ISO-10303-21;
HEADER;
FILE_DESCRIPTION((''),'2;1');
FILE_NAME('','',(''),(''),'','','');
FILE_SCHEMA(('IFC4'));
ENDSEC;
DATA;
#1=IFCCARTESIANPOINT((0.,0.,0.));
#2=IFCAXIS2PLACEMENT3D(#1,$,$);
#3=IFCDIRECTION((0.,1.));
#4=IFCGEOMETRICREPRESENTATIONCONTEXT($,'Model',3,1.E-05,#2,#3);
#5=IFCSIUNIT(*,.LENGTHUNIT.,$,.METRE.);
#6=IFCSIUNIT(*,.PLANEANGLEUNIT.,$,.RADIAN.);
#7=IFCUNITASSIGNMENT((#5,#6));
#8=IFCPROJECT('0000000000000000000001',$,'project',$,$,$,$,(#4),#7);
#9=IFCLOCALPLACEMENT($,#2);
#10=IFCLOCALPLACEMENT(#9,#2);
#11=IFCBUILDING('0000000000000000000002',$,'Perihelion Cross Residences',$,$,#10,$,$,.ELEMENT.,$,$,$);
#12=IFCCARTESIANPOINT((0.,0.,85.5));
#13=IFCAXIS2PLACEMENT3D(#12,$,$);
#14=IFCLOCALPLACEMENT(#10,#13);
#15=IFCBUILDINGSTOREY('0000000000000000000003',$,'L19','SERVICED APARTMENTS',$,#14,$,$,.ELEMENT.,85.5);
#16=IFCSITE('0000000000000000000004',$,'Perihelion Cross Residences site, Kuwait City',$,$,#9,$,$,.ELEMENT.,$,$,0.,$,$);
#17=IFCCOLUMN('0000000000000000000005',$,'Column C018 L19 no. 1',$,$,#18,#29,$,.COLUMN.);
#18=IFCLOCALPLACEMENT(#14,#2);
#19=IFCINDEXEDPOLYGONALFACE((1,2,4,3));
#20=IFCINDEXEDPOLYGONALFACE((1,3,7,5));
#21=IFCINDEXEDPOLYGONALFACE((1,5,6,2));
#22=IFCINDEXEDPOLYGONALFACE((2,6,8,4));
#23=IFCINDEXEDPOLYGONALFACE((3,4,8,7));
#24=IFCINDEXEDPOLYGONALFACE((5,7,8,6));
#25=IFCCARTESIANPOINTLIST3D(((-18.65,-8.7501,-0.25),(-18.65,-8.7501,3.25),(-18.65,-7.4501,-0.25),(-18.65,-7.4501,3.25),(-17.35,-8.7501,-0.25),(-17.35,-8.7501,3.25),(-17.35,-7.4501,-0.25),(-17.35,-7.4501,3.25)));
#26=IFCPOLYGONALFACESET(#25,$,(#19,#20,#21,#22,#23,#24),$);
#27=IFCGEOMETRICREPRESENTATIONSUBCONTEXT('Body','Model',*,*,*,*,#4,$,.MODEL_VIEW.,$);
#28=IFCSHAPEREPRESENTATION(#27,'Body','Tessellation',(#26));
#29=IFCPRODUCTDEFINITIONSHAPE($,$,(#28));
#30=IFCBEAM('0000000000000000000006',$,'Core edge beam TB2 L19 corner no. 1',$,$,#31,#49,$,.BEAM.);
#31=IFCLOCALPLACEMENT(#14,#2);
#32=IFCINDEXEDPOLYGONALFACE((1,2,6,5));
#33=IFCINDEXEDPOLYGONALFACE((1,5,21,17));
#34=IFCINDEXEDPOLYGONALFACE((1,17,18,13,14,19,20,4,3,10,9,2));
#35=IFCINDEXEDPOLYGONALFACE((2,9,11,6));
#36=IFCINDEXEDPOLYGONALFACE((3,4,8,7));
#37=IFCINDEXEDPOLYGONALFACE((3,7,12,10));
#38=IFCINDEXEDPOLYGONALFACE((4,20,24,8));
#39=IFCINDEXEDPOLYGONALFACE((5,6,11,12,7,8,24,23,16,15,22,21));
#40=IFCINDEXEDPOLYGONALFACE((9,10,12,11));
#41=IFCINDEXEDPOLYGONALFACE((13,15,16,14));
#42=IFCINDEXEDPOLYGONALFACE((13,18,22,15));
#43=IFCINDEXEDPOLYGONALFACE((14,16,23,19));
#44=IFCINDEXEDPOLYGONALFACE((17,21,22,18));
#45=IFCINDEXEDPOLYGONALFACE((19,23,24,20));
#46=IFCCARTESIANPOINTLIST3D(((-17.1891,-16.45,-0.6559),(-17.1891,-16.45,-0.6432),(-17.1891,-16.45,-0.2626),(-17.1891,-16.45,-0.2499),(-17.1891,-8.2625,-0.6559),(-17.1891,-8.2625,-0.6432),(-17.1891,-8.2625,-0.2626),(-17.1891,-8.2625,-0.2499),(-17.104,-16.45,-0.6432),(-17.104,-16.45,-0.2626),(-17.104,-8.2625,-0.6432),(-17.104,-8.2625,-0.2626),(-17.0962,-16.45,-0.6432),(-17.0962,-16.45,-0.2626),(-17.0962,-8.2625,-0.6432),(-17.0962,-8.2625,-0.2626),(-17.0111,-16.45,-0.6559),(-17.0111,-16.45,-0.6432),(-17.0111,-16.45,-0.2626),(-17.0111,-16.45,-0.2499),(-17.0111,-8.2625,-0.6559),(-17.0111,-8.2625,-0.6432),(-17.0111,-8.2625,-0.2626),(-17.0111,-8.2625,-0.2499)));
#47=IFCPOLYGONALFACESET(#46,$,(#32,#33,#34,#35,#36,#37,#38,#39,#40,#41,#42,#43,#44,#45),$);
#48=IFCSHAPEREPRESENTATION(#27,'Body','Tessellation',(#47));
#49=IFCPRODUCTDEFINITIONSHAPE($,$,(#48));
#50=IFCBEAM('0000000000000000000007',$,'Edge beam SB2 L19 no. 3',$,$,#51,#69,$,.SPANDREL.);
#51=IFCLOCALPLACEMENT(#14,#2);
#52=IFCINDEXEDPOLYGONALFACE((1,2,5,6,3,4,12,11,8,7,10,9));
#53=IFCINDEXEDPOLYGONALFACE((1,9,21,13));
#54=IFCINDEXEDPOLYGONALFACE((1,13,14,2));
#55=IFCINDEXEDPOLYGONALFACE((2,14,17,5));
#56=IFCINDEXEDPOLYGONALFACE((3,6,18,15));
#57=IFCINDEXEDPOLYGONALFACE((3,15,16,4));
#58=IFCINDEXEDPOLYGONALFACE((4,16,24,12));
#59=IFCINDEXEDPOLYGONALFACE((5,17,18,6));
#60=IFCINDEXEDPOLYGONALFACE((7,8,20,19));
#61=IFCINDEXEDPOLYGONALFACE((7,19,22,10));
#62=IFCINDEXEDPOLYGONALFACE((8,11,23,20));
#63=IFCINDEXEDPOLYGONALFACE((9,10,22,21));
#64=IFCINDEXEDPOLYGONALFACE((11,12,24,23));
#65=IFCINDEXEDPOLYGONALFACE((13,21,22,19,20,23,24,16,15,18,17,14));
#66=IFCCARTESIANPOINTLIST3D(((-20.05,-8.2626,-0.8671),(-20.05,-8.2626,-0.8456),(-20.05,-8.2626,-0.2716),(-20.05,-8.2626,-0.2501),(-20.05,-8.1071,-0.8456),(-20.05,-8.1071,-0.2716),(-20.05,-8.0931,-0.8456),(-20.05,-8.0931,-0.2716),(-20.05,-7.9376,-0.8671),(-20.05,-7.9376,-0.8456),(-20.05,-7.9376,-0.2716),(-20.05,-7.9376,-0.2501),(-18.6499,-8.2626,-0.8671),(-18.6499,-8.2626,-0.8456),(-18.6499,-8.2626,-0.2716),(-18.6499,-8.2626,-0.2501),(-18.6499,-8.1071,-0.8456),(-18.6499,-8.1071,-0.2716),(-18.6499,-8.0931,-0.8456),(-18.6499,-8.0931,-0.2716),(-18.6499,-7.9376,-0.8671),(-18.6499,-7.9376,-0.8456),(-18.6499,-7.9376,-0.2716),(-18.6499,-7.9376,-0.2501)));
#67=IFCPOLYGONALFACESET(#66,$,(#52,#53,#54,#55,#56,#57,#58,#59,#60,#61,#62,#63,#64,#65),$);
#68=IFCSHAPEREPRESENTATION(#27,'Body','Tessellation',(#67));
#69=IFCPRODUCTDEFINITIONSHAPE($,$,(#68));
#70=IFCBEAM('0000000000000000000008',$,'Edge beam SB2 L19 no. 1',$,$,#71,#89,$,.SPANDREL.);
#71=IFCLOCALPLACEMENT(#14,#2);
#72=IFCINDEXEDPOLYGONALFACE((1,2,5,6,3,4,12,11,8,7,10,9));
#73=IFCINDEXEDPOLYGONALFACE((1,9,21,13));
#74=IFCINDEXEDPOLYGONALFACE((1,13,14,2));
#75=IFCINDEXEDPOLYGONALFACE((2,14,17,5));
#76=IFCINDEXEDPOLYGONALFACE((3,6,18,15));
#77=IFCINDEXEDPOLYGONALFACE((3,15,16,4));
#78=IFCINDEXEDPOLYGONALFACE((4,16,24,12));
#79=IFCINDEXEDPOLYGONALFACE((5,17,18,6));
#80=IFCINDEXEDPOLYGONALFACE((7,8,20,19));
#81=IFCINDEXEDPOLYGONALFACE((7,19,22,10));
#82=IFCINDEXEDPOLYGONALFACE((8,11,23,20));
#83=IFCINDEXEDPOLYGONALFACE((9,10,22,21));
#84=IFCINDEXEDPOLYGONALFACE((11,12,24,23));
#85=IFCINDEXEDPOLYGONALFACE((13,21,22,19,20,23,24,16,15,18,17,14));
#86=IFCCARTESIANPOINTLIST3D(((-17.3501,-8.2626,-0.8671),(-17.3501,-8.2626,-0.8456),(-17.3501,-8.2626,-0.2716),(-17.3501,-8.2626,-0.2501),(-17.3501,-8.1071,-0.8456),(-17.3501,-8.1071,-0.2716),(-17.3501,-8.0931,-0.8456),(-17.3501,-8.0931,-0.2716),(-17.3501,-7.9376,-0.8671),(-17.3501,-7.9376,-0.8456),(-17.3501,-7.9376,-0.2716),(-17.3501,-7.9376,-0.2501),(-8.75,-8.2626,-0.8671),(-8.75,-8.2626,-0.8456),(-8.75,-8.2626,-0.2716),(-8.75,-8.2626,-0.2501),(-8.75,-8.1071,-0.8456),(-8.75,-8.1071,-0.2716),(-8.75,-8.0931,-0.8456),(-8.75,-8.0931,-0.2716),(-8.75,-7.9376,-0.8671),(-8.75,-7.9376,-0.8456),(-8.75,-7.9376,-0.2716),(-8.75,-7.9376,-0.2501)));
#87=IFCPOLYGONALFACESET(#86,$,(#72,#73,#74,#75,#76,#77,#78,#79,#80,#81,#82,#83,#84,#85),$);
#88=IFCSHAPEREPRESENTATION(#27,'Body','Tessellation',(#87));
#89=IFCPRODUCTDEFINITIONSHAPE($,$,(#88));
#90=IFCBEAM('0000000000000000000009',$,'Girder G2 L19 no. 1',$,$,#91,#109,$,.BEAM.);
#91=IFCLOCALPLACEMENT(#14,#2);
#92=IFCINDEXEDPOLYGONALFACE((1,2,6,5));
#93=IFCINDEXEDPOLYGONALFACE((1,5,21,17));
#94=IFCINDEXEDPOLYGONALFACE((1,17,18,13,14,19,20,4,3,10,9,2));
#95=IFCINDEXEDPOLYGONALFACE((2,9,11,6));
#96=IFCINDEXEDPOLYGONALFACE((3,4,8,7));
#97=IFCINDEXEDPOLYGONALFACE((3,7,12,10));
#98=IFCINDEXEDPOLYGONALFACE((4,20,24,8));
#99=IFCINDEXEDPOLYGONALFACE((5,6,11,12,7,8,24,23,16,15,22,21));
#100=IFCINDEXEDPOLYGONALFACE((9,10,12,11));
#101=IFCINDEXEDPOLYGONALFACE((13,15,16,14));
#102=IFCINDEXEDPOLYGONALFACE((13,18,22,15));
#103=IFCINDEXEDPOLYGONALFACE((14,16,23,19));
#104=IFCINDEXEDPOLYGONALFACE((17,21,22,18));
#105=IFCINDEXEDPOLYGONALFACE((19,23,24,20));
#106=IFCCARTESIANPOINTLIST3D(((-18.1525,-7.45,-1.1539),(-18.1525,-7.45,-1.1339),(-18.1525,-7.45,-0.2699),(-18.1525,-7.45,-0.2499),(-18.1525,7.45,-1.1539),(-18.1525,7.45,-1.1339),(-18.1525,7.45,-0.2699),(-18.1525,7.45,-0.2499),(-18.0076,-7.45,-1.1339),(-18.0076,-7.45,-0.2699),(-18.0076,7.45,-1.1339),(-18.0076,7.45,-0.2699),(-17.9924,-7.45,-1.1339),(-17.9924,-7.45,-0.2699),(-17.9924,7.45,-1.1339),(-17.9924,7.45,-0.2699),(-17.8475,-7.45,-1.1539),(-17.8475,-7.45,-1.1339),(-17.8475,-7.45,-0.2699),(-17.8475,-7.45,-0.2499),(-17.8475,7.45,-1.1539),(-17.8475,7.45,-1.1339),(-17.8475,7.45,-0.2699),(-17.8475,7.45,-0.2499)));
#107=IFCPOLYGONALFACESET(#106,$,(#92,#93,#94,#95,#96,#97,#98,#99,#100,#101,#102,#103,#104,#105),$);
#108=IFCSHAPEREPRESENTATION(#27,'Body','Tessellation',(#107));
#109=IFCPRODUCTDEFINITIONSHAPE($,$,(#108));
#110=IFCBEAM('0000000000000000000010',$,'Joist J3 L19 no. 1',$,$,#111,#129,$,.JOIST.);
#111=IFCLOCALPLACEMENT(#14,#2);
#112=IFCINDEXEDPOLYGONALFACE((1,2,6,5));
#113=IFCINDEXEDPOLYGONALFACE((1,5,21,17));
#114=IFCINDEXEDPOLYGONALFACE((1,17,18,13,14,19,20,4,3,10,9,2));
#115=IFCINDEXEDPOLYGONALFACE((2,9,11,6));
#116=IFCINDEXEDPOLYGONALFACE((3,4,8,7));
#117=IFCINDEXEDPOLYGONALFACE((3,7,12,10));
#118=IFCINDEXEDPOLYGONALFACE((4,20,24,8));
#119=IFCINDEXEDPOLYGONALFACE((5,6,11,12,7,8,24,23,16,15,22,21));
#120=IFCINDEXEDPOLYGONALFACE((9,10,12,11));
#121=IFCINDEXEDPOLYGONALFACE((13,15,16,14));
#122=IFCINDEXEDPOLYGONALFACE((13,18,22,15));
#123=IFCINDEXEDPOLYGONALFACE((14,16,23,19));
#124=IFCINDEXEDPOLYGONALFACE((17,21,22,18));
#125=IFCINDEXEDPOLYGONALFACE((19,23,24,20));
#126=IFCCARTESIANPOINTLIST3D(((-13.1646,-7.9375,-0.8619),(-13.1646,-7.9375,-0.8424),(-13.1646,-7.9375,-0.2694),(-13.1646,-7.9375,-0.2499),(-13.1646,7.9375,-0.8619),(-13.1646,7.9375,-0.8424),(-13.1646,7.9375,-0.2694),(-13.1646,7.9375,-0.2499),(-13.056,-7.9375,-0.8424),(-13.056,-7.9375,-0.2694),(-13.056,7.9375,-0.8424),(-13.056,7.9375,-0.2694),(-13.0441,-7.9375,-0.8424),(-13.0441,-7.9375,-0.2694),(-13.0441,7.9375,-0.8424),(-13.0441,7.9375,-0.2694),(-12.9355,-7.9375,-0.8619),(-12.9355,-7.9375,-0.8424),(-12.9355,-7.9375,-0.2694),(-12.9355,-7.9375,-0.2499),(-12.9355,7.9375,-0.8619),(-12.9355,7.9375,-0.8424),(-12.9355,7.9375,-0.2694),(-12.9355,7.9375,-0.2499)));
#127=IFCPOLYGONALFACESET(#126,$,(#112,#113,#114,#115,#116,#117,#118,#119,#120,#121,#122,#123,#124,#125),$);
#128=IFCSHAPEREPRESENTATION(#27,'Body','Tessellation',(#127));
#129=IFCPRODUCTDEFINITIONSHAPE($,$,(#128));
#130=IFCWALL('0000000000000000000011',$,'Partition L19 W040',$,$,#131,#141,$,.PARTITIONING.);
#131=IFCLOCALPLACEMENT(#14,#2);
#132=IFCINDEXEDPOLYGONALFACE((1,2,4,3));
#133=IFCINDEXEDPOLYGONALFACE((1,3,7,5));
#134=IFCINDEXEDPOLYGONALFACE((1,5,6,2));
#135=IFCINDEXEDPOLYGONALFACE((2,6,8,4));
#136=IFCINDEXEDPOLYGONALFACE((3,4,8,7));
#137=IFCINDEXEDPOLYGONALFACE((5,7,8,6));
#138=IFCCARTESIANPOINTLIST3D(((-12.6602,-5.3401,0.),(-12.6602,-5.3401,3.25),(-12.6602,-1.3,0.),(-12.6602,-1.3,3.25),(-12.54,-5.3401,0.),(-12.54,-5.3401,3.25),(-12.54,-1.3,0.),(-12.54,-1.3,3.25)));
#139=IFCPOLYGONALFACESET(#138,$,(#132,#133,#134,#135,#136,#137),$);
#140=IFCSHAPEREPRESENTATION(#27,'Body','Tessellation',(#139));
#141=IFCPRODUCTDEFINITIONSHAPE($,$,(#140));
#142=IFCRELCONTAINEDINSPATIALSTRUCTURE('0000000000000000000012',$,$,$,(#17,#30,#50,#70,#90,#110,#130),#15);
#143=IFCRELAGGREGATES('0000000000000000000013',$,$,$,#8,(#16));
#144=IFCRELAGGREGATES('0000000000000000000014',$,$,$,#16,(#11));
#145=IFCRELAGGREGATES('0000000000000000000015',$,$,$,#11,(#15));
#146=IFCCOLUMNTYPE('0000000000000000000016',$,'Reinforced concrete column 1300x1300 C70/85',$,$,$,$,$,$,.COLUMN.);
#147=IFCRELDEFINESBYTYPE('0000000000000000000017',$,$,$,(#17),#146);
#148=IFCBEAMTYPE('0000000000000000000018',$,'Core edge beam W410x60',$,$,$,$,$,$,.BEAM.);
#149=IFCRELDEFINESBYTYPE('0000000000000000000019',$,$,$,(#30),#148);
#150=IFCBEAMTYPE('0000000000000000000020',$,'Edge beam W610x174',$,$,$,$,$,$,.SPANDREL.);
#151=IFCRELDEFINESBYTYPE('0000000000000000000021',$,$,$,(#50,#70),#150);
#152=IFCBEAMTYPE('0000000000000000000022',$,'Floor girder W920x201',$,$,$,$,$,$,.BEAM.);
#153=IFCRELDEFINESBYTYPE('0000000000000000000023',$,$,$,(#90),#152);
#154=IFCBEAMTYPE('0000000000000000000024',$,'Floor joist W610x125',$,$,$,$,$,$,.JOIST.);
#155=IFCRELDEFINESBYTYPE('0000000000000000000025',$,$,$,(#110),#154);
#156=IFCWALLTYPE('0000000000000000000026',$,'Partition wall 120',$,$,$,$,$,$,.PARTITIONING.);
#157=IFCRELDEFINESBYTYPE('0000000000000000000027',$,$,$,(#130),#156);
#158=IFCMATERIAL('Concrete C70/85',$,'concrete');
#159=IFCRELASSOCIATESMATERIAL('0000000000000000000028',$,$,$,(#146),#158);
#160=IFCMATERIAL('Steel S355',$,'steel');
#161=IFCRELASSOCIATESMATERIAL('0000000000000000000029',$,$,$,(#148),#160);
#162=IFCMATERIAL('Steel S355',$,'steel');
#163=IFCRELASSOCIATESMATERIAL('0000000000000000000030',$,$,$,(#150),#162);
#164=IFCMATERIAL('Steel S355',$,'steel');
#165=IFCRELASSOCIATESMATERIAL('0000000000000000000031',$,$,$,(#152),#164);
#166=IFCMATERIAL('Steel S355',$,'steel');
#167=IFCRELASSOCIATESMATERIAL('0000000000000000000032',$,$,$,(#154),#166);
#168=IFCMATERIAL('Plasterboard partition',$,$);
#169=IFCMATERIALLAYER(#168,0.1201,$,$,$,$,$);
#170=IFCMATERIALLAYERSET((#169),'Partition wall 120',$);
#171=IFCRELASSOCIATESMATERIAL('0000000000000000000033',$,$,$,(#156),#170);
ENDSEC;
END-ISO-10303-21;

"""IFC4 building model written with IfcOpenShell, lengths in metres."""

from ifc_helpers import new_model, si_unit, direction, frame, frame_2d, origin, origin_2d, place, context, subcontext, project, spatial, rectangle, i_section, extrude, material, layer, layer_set, material_profile, profile_set, type_object, element, save


model = new_model("IFC4")

# Units and contexts
model_context = context("Model", 3, precision=1e-05, world=origin(), true_north=direction((0.0, 1.0)))
body_context = subcontext(model_context, "Body", "Model", "MODEL_VIEW")
ifc_project = project(units=[si_unit("LENGTHUNIT", "METRE"), si_unit("PLANEANGLEUNIT", "RADIAN")], contexts=[model_context])

# Site, building, storey
site_placement = place(None, origin())
site = spatial("IfcSite", under=ifc_project, at=site_placement, Name="Perihelion Cross Residences site, Kuwait City", CompositionType="ELEMENT", RefElevation=0.0)
building_placement = place(site_placement, origin())
building = spatial("IfcBuilding", under=site, at=building_placement, Name="Perihelion Cross Residences", CompositionType="ELEMENT")
storey_placement = place(building_placement, frame((0.0, 0.0, 85.5)))
storey = spatial("IfcBuildingStorey", under=building, at=storey_placement, Name="L19", Description="SERVICED APARTMENTS", CompositionType="ELEMENT", Elevation=85.5)

# Column
ifc_material_1 = material(Name="Concrete C70/85", Category="concrete")
ifc_material_profile_1 = material_profile(ifc_material_1, rectangle(XDim=1.3, YDim=1.3, at=origin_2d()), Name="RC 1300x1300")
ifc_profile_set_1 = profile_set([ifc_material_profile_1], Name="Concrete C70/85")
column_type = type_object("IfcColumnType", Name="Reinforced concrete column 1300x1300 C70/85", PredefinedType="COLUMN", material=ifc_profile_set_1)
column_placement = place(storey_placement, frame((-18.0, -8.1001, -0.25), z_axis=(0.0, 0.0, 1.0), x_axis=(1.0, 0.0, 0.0)))
element("IfcColumn", 1, at=column_placement, inside=storey, type_object=column_type, Name="Column C018 L19 no. 1", PredefinedType="COLUMN", context=body_context, shape_type="SweptSolid", body=[
    extrude(rectangle(XDim=1.3, YDim=1.3, at=origin_2d()), origin(), (0.0, 0.0, 1.0), 3.5),
])

# Beams
ifc_material_2 = material(Name="Steel S355", Category="steel")
ifc_material_profile_2 = material_profile(ifc_material_2, i_section(OverallWidth=0.178, OverallDepth=0.406, WebThickness=0.0078, FlangeThickness=0.0127, at=origin_2d()), Name="W410x60")
ifc_profile_set_2 = profile_set([ifc_material_profile_2], Name="Steel S355")
beam_type_1 = type_object("IfcBeamType", Name="Core edge beam W410x60", PredefinedType="BEAM", material=ifc_profile_set_2)
beam_1_placement = place(storey_placement, frame((-17.1001, -8.2625, -0.4529), z_axis=(0.0, -1.0, 0.0), x_axis=(1.0, 0.0, 0.0)))
element("IfcBeam", 2, at=beam_1_placement, inside=storey, type_object=beam_type_1, Name="Core edge beam TB2 L19 corner no. 1", PredefinedType="BEAM", context=body_context, shape_type="SweptSolid", body=[
    extrude(i_section(OverallWidth=0.178, OverallDepth=0.406, WebThickness=0.0078, FlangeThickness=0.0127, at=origin_2d()), origin(), (0.0, 0.0, 1.0), 8.1875),
])
ifc_material_3 = material(Name="Steel S355", Category="steel")
ifc_material_profile_3 = material_profile(ifc_material_3, i_section(OverallWidth=0.325, OverallDepth=0.6169, WebThickness=0.0139, FlangeThickness=0.0215, at=origin_2d()), Name="W610x174")
ifc_profile_set_3 = profile_set([ifc_material_profile_3], Name="Steel S355")
beam_type_2 = type_object("IfcBeamType", Name="Edge beam W610x174", PredefinedType="SPANDREL", material=ifc_profile_set_3)
beam_2_placement = place(storey_placement, frame((-20.05, -8.1001, -0.5586), z_axis=(1.0, 0.0, 0.0), x_axis=(0.0, 1.0, 0.0)))
element("IfcBeam", 3, at=beam_2_placement, inside=storey, type_object=beam_type_2, Name="Edge beam SB2 L19 no. 3", PredefinedType="SPANDREL", context=body_context, shape_type="SweptSolid", body=[
    extrude(i_section(OverallWidth=0.325, OverallDepth=0.6169, WebThickness=0.0139, FlangeThickness=0.0215, at=origin_2d()), origin(), (0.0, 0.0, 1.0), 1.4001),
])
beam_3_placement = place(storey_placement, frame((-17.3501, -8.1001, -0.5586), z_axis=(1.0, 0.0, 0.0), x_axis=(0.0, 1.0, 0.0)))
element("IfcBeam", 4, at=beam_3_placement, inside=storey, type_object=beam_type_2, Name="Edge beam SB2 L19 no. 1", PredefinedType="SPANDREL", context=body_context, shape_type="SweptSolid", body=[
    extrude(i_section(OverallWidth=0.325, OverallDepth=0.6169, WebThickness=0.0139, FlangeThickness=0.0215, at=origin_2d()), origin(), (0.0, 0.0, 1.0), 8.6001),
])
ifc_material_4 = material(Name="Steel S355", Category="steel")
ifc_material_profile_4 = material_profile(ifc_material_4, i_section(OverallWidth=0.3049, OverallDepth=0.9041, WebThickness=0.0151, FlangeThickness=0.02, at=origin_2d()), Name="W920x201")
ifc_profile_set_4 = profile_set([ifc_material_profile_4], Name="Steel S355")
beam_type_3 = type_object("IfcBeamType", Name="Floor girder W920x201", PredefinedType="BEAM", material=ifc_profile_set_4)
beam_4_placement = place(storey_placement, frame((-18.0, -7.45, -0.7019), z_axis=(0.0, 1.0, 0.0), x_axis=(-1.0, 0.0, 0.0)))
element("IfcBeam", 5, at=beam_4_placement, inside=storey, type_object=beam_type_3, Name="Girder G2 L19 no. 1", PredefinedType="BEAM", context=body_context, shape_type="SweptSolid", body=[
    extrude(i_section(OverallWidth=0.3049, OverallDepth=0.9041, WebThickness=0.0151, FlangeThickness=0.02, at=origin_2d()), origin(), (0.0, 0.0, 1.0), 14.8999),
])
ifc_material_5 = material(Name="Steel S355", Category="steel")
ifc_material_profile_5 = material_profile(ifc_material_5, i_section(OverallWidth=0.229, OverallDepth=0.6121, WebThickness=0.012, FlangeThickness=0.0195, at=origin_2d()), Name="W610x125")
ifc_profile_set_5 = profile_set([ifc_material_profile_5], Name="Steel S355")
beam_type_4 = type_object("IfcBeamType", Name="Floor joist W610x125", PredefinedType="JOIST", material=ifc_profile_set_5)
beam_5_placement = place(storey_placement, frame((-13.05, -7.9375, -0.5559), z_axis=(0.0, 1.0, 0.0), x_axis=(-1.0, 0.0, 0.0)))
element("IfcBeam", 6, at=beam_5_placement, inside=storey, type_object=beam_type_4, Name="Joist J3 L19 no. 1", PredefinedType="JOIST", context=body_context, shape_type="SweptSolid", body=[
    extrude(i_section(OverallWidth=0.229, OverallDepth=0.6121, WebThickness=0.012, FlangeThickness=0.0195, at=origin_2d()), origin(), (0.0, 0.0, 1.0), 15.875),
])

# Wall
ifc_material_6 = material(Name="Plasterboard partition")
ifc_layer_1 = layer(ifc_material_6, 0.1201)
ifc_layer_set_1 = layer_set([ifc_layer_1], Name="Partition wall 120")
wall_type_1 = type_object("IfcWallType", Name="Partition wall 120", PredefinedType="PARTITIONING", material=ifc_layer_set_1)
wall_1_placement = place(storey_placement, frame((-12.6001, -5.3401, 0.0), z_axis=(0.0, 0.0, 1.0), x_axis=(0.0, 1.0, 0.0)))
element("IfcWall", 7, at=wall_1_placement, inside=storey, type_object=wall_type_1, Name="Partition L19 W040", PredefinedType="PARTITIONING", context=body_context, shape_type="SweptSolid", body=[
    extrude(rectangle(XDim=4.04, YDim=0.1201, at=frame_2d((2.02, 0.0))), origin(), (0.0, 0.0, 1.0), 3.25),
])

save(model, "model.ifc")
